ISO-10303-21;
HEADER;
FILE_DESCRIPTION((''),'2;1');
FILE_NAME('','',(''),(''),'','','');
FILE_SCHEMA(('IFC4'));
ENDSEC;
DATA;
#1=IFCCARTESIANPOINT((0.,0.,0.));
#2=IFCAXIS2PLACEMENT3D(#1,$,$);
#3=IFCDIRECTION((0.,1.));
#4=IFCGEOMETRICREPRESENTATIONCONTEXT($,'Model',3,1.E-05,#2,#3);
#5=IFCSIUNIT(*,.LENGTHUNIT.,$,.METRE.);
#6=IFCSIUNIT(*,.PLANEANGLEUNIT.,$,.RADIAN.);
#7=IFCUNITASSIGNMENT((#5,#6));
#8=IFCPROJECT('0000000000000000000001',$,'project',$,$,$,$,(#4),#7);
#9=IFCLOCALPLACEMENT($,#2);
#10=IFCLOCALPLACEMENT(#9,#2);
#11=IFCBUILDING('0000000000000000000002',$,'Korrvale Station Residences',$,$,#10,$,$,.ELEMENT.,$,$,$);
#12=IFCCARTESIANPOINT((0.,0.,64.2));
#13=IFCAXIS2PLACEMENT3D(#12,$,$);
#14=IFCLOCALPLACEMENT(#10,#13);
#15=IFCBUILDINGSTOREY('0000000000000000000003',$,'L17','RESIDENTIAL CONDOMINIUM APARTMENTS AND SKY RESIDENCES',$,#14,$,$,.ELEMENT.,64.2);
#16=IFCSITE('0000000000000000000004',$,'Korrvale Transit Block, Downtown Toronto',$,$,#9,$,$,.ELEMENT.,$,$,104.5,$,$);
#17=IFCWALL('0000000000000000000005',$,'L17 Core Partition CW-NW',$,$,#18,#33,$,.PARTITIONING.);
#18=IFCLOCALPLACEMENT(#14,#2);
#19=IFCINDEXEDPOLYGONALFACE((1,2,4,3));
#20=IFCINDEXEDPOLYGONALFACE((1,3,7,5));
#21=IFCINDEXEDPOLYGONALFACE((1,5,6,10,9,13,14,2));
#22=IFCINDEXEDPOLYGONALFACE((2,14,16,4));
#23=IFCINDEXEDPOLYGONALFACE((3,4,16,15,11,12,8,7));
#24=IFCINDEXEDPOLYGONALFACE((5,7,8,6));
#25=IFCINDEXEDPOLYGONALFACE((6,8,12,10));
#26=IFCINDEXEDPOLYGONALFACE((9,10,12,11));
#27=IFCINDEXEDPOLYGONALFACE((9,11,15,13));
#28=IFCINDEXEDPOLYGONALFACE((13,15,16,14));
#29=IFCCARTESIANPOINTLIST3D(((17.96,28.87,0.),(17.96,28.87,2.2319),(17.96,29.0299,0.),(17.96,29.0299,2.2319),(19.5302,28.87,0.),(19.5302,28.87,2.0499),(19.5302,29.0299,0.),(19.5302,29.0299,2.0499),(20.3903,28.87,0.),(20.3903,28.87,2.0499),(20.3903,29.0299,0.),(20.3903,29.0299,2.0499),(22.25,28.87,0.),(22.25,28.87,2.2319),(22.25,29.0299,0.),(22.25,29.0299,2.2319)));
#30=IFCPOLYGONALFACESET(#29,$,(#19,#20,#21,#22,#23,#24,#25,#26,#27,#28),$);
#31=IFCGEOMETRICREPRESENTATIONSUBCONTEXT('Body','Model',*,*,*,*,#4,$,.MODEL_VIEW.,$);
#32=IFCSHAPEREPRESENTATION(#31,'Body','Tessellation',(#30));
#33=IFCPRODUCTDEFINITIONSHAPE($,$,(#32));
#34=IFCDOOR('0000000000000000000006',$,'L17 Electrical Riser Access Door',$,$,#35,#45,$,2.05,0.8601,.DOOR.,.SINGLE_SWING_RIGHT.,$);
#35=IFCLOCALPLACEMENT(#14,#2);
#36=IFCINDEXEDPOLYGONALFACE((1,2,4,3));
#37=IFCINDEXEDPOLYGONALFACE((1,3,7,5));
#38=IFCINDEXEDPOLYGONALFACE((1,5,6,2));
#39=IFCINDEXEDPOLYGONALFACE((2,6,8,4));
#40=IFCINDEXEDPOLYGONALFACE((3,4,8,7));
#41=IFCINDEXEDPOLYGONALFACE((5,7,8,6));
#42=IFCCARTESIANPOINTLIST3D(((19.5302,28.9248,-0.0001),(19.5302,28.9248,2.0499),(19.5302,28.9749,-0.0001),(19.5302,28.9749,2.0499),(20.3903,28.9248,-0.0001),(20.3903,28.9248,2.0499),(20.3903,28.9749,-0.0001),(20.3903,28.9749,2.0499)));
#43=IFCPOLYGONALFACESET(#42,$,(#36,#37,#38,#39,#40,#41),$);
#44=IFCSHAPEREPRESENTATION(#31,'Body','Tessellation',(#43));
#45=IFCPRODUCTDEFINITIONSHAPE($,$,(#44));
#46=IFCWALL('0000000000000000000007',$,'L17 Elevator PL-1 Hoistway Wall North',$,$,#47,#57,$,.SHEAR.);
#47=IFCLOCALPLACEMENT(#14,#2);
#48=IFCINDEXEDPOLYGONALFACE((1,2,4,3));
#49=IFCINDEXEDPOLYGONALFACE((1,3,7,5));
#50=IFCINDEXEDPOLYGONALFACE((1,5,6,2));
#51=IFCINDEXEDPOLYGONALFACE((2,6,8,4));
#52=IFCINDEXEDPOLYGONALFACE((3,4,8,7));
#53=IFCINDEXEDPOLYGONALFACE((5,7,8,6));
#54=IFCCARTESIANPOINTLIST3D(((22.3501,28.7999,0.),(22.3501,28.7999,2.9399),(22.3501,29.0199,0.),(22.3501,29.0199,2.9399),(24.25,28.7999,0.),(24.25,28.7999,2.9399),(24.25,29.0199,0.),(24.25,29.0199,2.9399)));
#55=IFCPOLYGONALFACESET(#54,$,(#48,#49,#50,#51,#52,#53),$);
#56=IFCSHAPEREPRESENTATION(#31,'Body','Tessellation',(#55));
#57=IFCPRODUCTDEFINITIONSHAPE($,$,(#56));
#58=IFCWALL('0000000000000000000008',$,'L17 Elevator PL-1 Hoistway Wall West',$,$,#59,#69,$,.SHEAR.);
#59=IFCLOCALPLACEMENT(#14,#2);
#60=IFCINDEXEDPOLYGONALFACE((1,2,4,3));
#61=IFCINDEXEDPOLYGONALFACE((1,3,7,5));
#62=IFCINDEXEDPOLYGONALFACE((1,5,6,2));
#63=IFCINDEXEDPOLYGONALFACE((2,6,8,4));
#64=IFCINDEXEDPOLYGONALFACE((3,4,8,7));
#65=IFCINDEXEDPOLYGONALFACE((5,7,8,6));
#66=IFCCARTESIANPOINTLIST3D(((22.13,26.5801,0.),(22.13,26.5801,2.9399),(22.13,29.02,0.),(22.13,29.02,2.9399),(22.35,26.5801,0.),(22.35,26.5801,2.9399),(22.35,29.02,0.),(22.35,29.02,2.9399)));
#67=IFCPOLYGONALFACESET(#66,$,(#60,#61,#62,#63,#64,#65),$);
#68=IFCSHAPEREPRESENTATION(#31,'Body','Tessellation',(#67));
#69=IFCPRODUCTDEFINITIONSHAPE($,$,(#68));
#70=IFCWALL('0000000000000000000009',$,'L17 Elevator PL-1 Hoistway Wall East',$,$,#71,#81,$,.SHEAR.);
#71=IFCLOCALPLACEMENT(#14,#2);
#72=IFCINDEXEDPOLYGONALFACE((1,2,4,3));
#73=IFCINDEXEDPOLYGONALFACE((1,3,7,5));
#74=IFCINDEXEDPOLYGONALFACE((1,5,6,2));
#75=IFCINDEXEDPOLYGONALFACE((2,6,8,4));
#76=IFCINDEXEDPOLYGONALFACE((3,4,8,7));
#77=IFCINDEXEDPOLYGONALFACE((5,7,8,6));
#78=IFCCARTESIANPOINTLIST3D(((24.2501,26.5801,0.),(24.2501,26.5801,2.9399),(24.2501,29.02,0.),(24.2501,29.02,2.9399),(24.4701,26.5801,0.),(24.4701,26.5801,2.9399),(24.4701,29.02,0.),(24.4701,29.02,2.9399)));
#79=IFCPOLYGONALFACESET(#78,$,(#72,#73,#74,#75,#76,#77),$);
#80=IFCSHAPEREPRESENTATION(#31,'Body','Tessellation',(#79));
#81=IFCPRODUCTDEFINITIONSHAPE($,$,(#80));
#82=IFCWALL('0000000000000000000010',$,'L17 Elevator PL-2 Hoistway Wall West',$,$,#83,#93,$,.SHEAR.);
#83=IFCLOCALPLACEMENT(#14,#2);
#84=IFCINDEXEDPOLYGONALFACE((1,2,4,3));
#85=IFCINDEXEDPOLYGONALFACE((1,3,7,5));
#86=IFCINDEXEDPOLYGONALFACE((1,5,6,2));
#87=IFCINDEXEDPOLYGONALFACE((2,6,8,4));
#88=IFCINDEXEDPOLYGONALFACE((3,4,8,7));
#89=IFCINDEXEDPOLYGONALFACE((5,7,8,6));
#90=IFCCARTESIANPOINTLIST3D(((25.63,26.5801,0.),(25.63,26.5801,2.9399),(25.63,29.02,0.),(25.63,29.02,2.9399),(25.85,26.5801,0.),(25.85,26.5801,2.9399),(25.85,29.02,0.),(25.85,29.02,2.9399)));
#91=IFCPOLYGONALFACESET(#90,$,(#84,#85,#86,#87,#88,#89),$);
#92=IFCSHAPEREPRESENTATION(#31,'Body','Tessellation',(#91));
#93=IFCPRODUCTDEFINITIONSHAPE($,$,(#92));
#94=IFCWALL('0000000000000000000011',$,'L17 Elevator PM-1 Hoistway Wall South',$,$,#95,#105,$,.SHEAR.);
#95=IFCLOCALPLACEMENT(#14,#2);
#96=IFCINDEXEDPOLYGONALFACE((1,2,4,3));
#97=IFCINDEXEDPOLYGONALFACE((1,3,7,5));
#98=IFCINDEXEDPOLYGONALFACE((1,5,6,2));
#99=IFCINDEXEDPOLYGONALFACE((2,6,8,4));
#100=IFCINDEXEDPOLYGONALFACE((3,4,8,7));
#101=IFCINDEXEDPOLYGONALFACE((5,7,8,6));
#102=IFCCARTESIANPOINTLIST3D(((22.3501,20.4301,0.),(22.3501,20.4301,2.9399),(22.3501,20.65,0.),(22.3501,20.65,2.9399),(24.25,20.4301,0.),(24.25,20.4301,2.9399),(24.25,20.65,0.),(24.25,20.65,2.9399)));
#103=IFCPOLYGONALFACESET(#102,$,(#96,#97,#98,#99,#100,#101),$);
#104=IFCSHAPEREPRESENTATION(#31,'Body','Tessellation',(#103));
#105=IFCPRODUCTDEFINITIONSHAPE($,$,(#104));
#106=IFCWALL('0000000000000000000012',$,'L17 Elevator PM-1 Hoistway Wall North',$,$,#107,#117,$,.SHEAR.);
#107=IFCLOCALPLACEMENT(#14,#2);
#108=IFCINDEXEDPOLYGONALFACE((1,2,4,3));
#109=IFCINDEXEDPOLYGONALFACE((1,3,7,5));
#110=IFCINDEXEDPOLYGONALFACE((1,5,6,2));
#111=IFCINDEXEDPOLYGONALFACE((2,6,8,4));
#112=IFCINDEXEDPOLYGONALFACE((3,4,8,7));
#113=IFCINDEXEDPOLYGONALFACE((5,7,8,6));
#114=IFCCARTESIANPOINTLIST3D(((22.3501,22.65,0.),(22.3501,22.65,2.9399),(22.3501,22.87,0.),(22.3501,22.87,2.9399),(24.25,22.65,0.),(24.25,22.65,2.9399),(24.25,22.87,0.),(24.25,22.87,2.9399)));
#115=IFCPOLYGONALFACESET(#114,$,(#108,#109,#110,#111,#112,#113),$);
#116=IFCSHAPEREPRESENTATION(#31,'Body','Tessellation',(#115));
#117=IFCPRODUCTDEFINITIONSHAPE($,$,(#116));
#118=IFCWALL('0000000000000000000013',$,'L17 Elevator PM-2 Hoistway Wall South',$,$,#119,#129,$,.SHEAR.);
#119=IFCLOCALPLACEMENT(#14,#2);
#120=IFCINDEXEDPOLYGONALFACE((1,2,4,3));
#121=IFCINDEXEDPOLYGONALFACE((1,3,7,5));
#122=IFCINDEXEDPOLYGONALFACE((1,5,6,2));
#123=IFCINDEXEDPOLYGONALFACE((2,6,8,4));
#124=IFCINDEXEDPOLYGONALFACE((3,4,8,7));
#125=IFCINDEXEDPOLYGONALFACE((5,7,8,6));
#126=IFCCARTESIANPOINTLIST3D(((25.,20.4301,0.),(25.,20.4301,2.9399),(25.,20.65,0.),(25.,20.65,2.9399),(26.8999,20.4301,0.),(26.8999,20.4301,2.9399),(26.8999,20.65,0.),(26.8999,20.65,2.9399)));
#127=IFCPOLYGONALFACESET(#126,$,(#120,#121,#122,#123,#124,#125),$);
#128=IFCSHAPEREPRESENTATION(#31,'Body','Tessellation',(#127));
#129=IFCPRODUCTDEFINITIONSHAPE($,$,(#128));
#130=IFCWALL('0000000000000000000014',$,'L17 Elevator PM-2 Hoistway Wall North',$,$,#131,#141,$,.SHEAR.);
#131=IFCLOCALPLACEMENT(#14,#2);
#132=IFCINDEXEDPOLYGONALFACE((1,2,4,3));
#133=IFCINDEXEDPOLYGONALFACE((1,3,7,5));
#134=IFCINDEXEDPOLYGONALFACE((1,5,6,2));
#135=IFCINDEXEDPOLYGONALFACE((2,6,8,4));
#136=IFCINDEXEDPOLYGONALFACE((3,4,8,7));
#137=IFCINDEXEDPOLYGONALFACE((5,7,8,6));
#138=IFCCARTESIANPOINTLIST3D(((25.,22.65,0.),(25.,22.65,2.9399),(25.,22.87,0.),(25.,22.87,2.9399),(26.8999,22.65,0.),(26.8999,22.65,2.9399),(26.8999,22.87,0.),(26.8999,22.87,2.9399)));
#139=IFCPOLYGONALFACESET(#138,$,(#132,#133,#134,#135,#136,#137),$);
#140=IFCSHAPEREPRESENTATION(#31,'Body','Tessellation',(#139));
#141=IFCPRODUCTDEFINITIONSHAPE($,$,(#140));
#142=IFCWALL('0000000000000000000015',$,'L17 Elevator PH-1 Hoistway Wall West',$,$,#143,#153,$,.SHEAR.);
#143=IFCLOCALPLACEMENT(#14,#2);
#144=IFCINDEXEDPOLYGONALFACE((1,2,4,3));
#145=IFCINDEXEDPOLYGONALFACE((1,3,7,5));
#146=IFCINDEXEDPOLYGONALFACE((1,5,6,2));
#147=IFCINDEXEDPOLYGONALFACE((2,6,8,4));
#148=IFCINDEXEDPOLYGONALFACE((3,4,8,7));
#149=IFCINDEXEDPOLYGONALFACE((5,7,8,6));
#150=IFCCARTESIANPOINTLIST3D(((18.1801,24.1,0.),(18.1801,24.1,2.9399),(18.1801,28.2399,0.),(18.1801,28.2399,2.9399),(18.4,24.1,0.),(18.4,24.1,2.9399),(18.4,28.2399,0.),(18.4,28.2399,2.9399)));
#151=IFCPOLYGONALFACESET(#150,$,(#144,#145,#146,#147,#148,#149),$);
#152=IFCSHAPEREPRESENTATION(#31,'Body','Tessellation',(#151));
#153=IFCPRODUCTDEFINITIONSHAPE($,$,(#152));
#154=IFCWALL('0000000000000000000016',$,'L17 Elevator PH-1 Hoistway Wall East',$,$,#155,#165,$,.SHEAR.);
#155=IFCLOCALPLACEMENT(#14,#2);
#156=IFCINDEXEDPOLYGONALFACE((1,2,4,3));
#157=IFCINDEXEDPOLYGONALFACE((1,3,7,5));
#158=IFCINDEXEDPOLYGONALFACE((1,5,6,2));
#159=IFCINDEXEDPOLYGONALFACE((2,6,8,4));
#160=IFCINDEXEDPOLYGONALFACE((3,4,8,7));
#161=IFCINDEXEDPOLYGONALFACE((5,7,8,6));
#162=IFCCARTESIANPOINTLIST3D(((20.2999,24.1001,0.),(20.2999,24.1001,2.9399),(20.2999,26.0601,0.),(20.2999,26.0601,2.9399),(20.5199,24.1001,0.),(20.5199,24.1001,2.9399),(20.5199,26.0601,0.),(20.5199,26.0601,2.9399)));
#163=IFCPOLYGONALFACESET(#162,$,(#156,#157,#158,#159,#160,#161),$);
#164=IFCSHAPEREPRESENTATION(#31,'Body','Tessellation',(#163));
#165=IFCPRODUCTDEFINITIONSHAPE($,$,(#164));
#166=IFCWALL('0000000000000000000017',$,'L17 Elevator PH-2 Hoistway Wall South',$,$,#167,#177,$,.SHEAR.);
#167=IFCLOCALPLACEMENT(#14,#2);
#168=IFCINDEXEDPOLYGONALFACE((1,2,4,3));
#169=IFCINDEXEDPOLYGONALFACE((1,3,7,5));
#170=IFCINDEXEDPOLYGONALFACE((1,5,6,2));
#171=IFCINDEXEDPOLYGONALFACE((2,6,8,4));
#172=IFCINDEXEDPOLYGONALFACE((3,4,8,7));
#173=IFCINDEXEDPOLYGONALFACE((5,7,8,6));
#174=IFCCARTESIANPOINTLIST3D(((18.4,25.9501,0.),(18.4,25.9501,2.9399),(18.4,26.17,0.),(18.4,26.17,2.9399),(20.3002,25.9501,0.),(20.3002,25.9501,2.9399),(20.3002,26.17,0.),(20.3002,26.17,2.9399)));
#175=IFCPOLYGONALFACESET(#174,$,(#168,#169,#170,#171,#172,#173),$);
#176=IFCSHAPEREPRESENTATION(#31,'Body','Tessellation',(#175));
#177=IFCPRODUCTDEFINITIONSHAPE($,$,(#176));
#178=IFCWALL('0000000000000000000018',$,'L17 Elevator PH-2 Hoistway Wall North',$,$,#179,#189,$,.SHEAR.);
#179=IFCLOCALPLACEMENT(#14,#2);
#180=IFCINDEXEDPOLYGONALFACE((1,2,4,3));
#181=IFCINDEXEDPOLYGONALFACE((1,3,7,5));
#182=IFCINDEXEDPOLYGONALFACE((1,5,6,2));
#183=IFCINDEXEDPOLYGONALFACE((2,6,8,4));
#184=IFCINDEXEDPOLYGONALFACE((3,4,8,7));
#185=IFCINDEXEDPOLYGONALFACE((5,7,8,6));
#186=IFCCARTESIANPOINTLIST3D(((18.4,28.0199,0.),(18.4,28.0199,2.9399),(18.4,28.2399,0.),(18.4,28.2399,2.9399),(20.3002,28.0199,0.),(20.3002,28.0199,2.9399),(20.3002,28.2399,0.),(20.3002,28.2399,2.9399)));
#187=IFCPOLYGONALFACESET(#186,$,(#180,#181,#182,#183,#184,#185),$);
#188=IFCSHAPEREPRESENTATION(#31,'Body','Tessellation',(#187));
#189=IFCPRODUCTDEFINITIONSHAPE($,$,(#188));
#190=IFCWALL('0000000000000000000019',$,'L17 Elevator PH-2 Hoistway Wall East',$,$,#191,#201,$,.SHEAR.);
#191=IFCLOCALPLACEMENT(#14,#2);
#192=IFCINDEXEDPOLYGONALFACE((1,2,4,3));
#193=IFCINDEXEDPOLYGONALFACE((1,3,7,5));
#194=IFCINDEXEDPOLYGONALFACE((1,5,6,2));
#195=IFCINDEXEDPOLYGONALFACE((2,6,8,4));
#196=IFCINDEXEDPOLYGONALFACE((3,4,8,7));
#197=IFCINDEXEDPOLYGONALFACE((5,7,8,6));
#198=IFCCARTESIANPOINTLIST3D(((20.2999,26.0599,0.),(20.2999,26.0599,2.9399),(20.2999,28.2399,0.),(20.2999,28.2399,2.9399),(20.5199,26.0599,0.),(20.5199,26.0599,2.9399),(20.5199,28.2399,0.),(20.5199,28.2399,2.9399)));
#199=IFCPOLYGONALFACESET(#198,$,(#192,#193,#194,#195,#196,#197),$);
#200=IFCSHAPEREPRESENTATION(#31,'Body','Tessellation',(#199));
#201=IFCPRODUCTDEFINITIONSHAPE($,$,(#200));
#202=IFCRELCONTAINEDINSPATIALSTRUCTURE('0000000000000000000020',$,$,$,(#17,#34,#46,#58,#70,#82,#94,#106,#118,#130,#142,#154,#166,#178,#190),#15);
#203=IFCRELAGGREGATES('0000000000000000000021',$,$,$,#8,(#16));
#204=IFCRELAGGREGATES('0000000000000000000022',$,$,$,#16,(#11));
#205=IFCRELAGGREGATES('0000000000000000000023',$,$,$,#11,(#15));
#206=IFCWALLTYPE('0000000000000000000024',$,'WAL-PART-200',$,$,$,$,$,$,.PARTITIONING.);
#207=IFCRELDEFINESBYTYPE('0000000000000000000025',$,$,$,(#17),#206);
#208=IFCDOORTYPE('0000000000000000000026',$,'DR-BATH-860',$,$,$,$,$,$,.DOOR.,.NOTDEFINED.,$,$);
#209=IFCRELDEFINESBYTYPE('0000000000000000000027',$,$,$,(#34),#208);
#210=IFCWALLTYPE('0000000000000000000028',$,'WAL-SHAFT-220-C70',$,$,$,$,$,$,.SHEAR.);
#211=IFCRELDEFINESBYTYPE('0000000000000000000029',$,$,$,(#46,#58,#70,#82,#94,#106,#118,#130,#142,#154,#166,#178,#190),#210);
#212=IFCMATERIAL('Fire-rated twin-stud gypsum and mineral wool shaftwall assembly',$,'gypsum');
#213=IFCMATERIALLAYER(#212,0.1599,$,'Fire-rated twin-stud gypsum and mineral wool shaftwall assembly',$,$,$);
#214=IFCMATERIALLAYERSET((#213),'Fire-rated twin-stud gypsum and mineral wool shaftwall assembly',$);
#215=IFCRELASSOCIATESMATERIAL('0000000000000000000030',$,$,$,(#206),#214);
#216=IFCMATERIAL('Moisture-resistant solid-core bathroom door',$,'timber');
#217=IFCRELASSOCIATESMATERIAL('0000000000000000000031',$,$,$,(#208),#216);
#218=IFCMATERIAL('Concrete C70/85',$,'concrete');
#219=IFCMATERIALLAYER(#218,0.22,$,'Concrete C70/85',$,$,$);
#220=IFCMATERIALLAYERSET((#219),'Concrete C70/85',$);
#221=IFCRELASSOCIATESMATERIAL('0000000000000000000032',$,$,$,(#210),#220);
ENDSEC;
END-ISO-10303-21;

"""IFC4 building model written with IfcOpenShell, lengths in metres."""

from ifc_helpers import new_model, si_unit, direction, frame, frame_2d, origin, place, context, subcontext, project, spatial, rectangle, extrude, material, layer, layer_set, type_object, element, fill, save


model = new_model("IFC4")

# Units and contexts
model_context = context("Model", 3, precision=1e-05, world=origin(), true_north=direction((0.0, 1.0)))
body_context = subcontext(model_context, "Body", "Model", "MODEL_VIEW")
ifc_project = project(units=[si_unit("LENGTHUNIT", "METRE"), si_unit("PLANEANGLEUNIT", "RADIAN")], contexts=[model_context])

# Site, building, storey
site_placement = place(None, origin())
site = spatial("IfcSite", under=ifc_project, at=site_placement, Name="Korrvale Transit Block, Downtown Toronto", CompositionType="ELEMENT", RefElevation=104.5)
building_placement = place(site_placement, origin())
building = spatial("IfcBuilding", under=site, at=building_placement, Name="Korrvale Station Residences", CompositionType="ELEMENT")
storey_placement = place(building_placement, frame((0.0, 0.0, 64.2)))
storey = spatial("IfcBuildingStorey", under=building, at=storey_placement, Name="L17", Description="RESIDENTIAL CONDOMINIUM APARTMENTS AND SKY RESIDENCES", CompositionType="ELEMENT", Elevation=64.2)

# Shared definitions
ifc_material_1 = material(Name="Concrete C70/85", Category="concrete")

# Shared definitions
ifc_material_2 = material(Name="Fire-rated twin-stud gypsum and mineral wool shaftwall assembly", Category="gypsum")
ifc_layer_1 = layer(ifc_material_2, 0.1599, Name="Fire-rated twin-stud gypsum and mineral wool shaftwall assembly")
ifc_layer_set_1 = layer_set([ifc_layer_1], Name="Fire-rated twin-stud gypsum and mineral wool shaftwall assembly")
wall_type_1 = type_object("IfcWallType", Name="WAL-PART-200", PredefinedType="PARTITIONING", material=ifc_layer_set_1)

# Wall, opening, door
wall_1_placement = place(storey_placement, frame((17.96, 28.95, 0.0), z_axis=(0.0, 0.0, 1.0), x_axis=(1.0, 0.0, 0.0)))
wall_1 = element("IfcWall", 1, at=wall_1_placement, inside=storey, type_object=wall_type_1, Name="L17 Core Partition CW-NW", PredefinedType="PARTITIONING", context=body_context, shape_type="SweptSolid", body=[
    extrude(rectangle(XDim=4.29, YDim=0.1599, at=frame_2d((2.145, 0.0))), origin(), (0.0, 0.0, 1.0), 2.2319),
])
opening_1_placement = place(wall_1_placement, frame((1.5701, 0.0, 0.0)))
opening_1 = element("IfcOpeningElement", 2, at=opening_1_placement, cuts=wall_1, PredefinedType="OPENING", context=body_context, shape_type="SweptSolid", body=[
    extrude(rectangle(XDim=0.8601, YDim=2.05, at=frame_2d((0.4302, 1.0249))), frame((0.0, 0.0898, 0.0), z_axis=(0.0, -1.0, 0.0), x_axis=(1.0, 0.0, 0.0)), (0.0, 0.0, 1.0), 0.1799),
])
ifc_material_3 = material(Name="Moisture-resistant solid-core bathroom door", Category="timber")
door_type_1 = type_object("IfcDoorType", Name="DR-BATH-860", OperationType="NOTDEFINED", PredefinedType="DOOR", material=ifc_material_3)
door_1_placement = place(opening_1_placement, origin())
door_1 = element("IfcDoor", 3, at=door_1_placement, inside=storey, type_object=door_type_1, Name="L17 Electrical Riser Access Door", OperationType="SINGLE_SWING_RIGHT", OverallHeight=2.05, OverallWidth=0.8601, PredefinedType="DOOR", context=body_context, shape_type="SweptSolid", body=[
    extrude(rectangle(XDim=0.8601, YDim=2.05, at=frame_2d((0.4302, 1.0249))), frame((0.0, 0.0249, 0.0), z_axis=(0.0, -1.0, 0.0), x_axis=(1.0, 0.0, 0.0)), (0.0, 0.0, 1.0), 0.05),
])
fill(opening_1, door_1)
ifc_layer_2 = layer(ifc_material_1, 0.22, Name="Concrete C70/85")
ifc_layer_set_2 = layer_set([ifc_layer_2], Name="Concrete C70/85")
wall_type_2 = type_object("IfcWallType", Name="WAL-SHAFT-220-C70", PredefinedType="SHEAR", material=ifc_layer_set_2)

# Walls
wall_2_placement = place(storey_placement, frame((22.3501, 28.9099, 0.0), z_axis=(0.0, 0.0, 1.0), x_axis=(1.0, 0.0, 0.0)))
element("IfcWall", 4, at=wall_2_placement, inside=storey, type_object=wall_type_2, Name="L17 Elevator PL-1 Hoistway Wall North", PredefinedType="SHEAR", context=body_context, shape_type="SweptSolid", body=[
    extrude(rectangle(XDim=1.8999, YDim=0.22, at=frame_2d((0.95, 0.0))), origin(), (0.0, 0.0, 1.0), 2.9399),
])
for number, where, z_axis, x_axis, name in (
    (5, (22.24, 26.5801, 0.0), (0.0, 0.0, 1.0), (0.0, 1.0, 0.0), "L17 Elevator PL-1 Hoistway Wall West"),
    (6, (24.3601, 26.5801, 0.0), (0.0, 0.0, 1.0), (0.0, 1.0, 0.0), "L17 Elevator PL-1 Hoistway Wall East"),
):
    element("IfcWall", number, at=place(storey_placement, frame(where, z_axis=z_axis, x_axis=x_axis)), inside=storey, type_object=wall_type_2, Name=name, PredefinedType="SHEAR", context=body_context, shape_type="SweptSolid", body=[
        extrude(rectangle(XDim=2.4399, YDim=0.22, at=frame_2d((1.22, 0.0))), origin(), (0.0, 0.0, 1.0), 2.9399),
    ])

# Walls
wall_3_placement = place(storey_placement, frame((25.74, 26.5801, 0.0), z_axis=(0.0, 0.0, 1.0), x_axis=(0.0, 1.0, 0.0)))
element("IfcWall", 7, at=wall_3_placement, inside=storey, type_object=wall_type_2, Name="L17 Elevator PL-2 Hoistway Wall West", PredefinedType="SHEAR", context=body_context, shape_type="SweptSolid", body=[
    extrude(rectangle(XDim=2.4399, YDim=0.22, at=frame_2d((1.22, 0.0))), origin(), (0.0, 0.0, 1.0), 2.9399),
])
for number, where, z_axis, x_axis, name in (
    (8, (22.3501, 20.54, 0.0), (0.0, 0.0, 1.0), (1.0, 0.0, 0.0), "L17 Elevator PM-1 Hoistway Wall South"),
    (9, (22.3501, 22.76, 0.0), (0.0, 0.0, 1.0), (1.0, 0.0, 0.0), "L17 Elevator PM-1 Hoistway Wall North"),
    (10, (25.0, 20.54, 0.0), (0.0, 0.0, 1.0), (1.0, 0.0, 0.0), "L17 Elevator PM-2 Hoistway Wall South"),
    (11, (25.0, 22.76, 0.0), (0.0, 0.0, 1.0), (1.0, 0.0, 0.0), "L17 Elevator PM-2 Hoistway Wall North"),
):
    element("IfcWall", number, at=place(storey_placement, frame(where, z_axis=z_axis, x_axis=x_axis)), inside=storey, type_object=wall_type_2, Name=name, PredefinedType="SHEAR", context=body_context, shape_type="SweptSolid", body=[
        extrude(rectangle(XDim=1.8999, YDim=0.22, at=frame_2d((0.95, 0.0))), origin(), (0.0, 0.0, 1.0), 2.9399),
    ])
wall_4_placement = place(storey_placement, frame((18.29, 24.1001, 0.0), z_axis=(0.0, 0.0, 1.0), x_axis=(0.0, 1.0, 0.0)))
element("IfcWall", 12, at=wall_4_placement, inside=storey, type_object=wall_type_2, Name="L17 Elevator PH-1 Hoistway Wall West", PredefinedType="SHEAR", context=body_context, shape_type="SweptSolid", body=[
    extrude(rectangle(XDim=4.1399, YDim=0.22, at=frame_2d((2.0698, 0.0))), origin(), (0.0, 0.0, 1.0), 2.9399),
])
wall_5_placement = place(storey_placement, frame((20.4099, 24.1001, 0.0), z_axis=(0.0, 0.0, 1.0), x_axis=(0.0, 1.0, 0.0)))
element("IfcWall", 13, at=wall_5_placement, inside=storey, type_object=wall_type_2, Name="L17 Elevator PH-1 Hoistway Wall East", PredefinedType="SHEAR", context=body_context, shape_type="SweptSolid", body=[
    extrude(rectangle(XDim=1.96, YDim=0.22, at=frame_2d((0.98, 0.0))), origin(), (0.0, 0.0, 1.0), 2.9399),
])
for number, where, z_axis, x_axis, name in (
    (14, (18.3999, 26.0601, 0.0), (0.0, 0.0, 1.0), (1.0, 0.0, 0.0), "L17 Elevator PH-2 Hoistway Wall South"),
    (15, (18.3999, 28.1299, 0.0), (0.0, 0.0, 1.0), (1.0, 0.0, 0.0), "L17 Elevator PH-2 Hoistway Wall North"),
):
    element("IfcWall", number, at=place(storey_placement, frame(where, z_axis=z_axis, x_axis=x_axis)), inside=storey, type_object=wall_type_2, Name=name, PredefinedType="SHEAR", context=body_context, shape_type="SweptSolid", body=[
        extrude(rectangle(XDim=1.9001, YDim=0.22, at=frame_2d((0.9502, 0.0))), origin(), (0.0, 0.0, 1.0), 2.9399),
    ])
wall_6_placement = place(storey_placement, frame((20.4099, 26.0601, 0.0), z_axis=(0.0, 0.0, 1.0), x_axis=(0.0, 1.0, 0.0)))
element("IfcWall", 16, at=wall_6_placement, inside=storey, type_object=wall_type_2, Name="L17 Elevator PH-2 Hoistway Wall East", PredefinedType="SHEAR", context=body_context, shape_type="SweptSolid", body=[
    extrude(rectangle(XDim=2.1799, YDim=0.22, at=frame_2d((1.0898, 0.0))), origin(), (0.0, 0.0, 1.0), 2.9399),
])

save(model, "model.ifc")
